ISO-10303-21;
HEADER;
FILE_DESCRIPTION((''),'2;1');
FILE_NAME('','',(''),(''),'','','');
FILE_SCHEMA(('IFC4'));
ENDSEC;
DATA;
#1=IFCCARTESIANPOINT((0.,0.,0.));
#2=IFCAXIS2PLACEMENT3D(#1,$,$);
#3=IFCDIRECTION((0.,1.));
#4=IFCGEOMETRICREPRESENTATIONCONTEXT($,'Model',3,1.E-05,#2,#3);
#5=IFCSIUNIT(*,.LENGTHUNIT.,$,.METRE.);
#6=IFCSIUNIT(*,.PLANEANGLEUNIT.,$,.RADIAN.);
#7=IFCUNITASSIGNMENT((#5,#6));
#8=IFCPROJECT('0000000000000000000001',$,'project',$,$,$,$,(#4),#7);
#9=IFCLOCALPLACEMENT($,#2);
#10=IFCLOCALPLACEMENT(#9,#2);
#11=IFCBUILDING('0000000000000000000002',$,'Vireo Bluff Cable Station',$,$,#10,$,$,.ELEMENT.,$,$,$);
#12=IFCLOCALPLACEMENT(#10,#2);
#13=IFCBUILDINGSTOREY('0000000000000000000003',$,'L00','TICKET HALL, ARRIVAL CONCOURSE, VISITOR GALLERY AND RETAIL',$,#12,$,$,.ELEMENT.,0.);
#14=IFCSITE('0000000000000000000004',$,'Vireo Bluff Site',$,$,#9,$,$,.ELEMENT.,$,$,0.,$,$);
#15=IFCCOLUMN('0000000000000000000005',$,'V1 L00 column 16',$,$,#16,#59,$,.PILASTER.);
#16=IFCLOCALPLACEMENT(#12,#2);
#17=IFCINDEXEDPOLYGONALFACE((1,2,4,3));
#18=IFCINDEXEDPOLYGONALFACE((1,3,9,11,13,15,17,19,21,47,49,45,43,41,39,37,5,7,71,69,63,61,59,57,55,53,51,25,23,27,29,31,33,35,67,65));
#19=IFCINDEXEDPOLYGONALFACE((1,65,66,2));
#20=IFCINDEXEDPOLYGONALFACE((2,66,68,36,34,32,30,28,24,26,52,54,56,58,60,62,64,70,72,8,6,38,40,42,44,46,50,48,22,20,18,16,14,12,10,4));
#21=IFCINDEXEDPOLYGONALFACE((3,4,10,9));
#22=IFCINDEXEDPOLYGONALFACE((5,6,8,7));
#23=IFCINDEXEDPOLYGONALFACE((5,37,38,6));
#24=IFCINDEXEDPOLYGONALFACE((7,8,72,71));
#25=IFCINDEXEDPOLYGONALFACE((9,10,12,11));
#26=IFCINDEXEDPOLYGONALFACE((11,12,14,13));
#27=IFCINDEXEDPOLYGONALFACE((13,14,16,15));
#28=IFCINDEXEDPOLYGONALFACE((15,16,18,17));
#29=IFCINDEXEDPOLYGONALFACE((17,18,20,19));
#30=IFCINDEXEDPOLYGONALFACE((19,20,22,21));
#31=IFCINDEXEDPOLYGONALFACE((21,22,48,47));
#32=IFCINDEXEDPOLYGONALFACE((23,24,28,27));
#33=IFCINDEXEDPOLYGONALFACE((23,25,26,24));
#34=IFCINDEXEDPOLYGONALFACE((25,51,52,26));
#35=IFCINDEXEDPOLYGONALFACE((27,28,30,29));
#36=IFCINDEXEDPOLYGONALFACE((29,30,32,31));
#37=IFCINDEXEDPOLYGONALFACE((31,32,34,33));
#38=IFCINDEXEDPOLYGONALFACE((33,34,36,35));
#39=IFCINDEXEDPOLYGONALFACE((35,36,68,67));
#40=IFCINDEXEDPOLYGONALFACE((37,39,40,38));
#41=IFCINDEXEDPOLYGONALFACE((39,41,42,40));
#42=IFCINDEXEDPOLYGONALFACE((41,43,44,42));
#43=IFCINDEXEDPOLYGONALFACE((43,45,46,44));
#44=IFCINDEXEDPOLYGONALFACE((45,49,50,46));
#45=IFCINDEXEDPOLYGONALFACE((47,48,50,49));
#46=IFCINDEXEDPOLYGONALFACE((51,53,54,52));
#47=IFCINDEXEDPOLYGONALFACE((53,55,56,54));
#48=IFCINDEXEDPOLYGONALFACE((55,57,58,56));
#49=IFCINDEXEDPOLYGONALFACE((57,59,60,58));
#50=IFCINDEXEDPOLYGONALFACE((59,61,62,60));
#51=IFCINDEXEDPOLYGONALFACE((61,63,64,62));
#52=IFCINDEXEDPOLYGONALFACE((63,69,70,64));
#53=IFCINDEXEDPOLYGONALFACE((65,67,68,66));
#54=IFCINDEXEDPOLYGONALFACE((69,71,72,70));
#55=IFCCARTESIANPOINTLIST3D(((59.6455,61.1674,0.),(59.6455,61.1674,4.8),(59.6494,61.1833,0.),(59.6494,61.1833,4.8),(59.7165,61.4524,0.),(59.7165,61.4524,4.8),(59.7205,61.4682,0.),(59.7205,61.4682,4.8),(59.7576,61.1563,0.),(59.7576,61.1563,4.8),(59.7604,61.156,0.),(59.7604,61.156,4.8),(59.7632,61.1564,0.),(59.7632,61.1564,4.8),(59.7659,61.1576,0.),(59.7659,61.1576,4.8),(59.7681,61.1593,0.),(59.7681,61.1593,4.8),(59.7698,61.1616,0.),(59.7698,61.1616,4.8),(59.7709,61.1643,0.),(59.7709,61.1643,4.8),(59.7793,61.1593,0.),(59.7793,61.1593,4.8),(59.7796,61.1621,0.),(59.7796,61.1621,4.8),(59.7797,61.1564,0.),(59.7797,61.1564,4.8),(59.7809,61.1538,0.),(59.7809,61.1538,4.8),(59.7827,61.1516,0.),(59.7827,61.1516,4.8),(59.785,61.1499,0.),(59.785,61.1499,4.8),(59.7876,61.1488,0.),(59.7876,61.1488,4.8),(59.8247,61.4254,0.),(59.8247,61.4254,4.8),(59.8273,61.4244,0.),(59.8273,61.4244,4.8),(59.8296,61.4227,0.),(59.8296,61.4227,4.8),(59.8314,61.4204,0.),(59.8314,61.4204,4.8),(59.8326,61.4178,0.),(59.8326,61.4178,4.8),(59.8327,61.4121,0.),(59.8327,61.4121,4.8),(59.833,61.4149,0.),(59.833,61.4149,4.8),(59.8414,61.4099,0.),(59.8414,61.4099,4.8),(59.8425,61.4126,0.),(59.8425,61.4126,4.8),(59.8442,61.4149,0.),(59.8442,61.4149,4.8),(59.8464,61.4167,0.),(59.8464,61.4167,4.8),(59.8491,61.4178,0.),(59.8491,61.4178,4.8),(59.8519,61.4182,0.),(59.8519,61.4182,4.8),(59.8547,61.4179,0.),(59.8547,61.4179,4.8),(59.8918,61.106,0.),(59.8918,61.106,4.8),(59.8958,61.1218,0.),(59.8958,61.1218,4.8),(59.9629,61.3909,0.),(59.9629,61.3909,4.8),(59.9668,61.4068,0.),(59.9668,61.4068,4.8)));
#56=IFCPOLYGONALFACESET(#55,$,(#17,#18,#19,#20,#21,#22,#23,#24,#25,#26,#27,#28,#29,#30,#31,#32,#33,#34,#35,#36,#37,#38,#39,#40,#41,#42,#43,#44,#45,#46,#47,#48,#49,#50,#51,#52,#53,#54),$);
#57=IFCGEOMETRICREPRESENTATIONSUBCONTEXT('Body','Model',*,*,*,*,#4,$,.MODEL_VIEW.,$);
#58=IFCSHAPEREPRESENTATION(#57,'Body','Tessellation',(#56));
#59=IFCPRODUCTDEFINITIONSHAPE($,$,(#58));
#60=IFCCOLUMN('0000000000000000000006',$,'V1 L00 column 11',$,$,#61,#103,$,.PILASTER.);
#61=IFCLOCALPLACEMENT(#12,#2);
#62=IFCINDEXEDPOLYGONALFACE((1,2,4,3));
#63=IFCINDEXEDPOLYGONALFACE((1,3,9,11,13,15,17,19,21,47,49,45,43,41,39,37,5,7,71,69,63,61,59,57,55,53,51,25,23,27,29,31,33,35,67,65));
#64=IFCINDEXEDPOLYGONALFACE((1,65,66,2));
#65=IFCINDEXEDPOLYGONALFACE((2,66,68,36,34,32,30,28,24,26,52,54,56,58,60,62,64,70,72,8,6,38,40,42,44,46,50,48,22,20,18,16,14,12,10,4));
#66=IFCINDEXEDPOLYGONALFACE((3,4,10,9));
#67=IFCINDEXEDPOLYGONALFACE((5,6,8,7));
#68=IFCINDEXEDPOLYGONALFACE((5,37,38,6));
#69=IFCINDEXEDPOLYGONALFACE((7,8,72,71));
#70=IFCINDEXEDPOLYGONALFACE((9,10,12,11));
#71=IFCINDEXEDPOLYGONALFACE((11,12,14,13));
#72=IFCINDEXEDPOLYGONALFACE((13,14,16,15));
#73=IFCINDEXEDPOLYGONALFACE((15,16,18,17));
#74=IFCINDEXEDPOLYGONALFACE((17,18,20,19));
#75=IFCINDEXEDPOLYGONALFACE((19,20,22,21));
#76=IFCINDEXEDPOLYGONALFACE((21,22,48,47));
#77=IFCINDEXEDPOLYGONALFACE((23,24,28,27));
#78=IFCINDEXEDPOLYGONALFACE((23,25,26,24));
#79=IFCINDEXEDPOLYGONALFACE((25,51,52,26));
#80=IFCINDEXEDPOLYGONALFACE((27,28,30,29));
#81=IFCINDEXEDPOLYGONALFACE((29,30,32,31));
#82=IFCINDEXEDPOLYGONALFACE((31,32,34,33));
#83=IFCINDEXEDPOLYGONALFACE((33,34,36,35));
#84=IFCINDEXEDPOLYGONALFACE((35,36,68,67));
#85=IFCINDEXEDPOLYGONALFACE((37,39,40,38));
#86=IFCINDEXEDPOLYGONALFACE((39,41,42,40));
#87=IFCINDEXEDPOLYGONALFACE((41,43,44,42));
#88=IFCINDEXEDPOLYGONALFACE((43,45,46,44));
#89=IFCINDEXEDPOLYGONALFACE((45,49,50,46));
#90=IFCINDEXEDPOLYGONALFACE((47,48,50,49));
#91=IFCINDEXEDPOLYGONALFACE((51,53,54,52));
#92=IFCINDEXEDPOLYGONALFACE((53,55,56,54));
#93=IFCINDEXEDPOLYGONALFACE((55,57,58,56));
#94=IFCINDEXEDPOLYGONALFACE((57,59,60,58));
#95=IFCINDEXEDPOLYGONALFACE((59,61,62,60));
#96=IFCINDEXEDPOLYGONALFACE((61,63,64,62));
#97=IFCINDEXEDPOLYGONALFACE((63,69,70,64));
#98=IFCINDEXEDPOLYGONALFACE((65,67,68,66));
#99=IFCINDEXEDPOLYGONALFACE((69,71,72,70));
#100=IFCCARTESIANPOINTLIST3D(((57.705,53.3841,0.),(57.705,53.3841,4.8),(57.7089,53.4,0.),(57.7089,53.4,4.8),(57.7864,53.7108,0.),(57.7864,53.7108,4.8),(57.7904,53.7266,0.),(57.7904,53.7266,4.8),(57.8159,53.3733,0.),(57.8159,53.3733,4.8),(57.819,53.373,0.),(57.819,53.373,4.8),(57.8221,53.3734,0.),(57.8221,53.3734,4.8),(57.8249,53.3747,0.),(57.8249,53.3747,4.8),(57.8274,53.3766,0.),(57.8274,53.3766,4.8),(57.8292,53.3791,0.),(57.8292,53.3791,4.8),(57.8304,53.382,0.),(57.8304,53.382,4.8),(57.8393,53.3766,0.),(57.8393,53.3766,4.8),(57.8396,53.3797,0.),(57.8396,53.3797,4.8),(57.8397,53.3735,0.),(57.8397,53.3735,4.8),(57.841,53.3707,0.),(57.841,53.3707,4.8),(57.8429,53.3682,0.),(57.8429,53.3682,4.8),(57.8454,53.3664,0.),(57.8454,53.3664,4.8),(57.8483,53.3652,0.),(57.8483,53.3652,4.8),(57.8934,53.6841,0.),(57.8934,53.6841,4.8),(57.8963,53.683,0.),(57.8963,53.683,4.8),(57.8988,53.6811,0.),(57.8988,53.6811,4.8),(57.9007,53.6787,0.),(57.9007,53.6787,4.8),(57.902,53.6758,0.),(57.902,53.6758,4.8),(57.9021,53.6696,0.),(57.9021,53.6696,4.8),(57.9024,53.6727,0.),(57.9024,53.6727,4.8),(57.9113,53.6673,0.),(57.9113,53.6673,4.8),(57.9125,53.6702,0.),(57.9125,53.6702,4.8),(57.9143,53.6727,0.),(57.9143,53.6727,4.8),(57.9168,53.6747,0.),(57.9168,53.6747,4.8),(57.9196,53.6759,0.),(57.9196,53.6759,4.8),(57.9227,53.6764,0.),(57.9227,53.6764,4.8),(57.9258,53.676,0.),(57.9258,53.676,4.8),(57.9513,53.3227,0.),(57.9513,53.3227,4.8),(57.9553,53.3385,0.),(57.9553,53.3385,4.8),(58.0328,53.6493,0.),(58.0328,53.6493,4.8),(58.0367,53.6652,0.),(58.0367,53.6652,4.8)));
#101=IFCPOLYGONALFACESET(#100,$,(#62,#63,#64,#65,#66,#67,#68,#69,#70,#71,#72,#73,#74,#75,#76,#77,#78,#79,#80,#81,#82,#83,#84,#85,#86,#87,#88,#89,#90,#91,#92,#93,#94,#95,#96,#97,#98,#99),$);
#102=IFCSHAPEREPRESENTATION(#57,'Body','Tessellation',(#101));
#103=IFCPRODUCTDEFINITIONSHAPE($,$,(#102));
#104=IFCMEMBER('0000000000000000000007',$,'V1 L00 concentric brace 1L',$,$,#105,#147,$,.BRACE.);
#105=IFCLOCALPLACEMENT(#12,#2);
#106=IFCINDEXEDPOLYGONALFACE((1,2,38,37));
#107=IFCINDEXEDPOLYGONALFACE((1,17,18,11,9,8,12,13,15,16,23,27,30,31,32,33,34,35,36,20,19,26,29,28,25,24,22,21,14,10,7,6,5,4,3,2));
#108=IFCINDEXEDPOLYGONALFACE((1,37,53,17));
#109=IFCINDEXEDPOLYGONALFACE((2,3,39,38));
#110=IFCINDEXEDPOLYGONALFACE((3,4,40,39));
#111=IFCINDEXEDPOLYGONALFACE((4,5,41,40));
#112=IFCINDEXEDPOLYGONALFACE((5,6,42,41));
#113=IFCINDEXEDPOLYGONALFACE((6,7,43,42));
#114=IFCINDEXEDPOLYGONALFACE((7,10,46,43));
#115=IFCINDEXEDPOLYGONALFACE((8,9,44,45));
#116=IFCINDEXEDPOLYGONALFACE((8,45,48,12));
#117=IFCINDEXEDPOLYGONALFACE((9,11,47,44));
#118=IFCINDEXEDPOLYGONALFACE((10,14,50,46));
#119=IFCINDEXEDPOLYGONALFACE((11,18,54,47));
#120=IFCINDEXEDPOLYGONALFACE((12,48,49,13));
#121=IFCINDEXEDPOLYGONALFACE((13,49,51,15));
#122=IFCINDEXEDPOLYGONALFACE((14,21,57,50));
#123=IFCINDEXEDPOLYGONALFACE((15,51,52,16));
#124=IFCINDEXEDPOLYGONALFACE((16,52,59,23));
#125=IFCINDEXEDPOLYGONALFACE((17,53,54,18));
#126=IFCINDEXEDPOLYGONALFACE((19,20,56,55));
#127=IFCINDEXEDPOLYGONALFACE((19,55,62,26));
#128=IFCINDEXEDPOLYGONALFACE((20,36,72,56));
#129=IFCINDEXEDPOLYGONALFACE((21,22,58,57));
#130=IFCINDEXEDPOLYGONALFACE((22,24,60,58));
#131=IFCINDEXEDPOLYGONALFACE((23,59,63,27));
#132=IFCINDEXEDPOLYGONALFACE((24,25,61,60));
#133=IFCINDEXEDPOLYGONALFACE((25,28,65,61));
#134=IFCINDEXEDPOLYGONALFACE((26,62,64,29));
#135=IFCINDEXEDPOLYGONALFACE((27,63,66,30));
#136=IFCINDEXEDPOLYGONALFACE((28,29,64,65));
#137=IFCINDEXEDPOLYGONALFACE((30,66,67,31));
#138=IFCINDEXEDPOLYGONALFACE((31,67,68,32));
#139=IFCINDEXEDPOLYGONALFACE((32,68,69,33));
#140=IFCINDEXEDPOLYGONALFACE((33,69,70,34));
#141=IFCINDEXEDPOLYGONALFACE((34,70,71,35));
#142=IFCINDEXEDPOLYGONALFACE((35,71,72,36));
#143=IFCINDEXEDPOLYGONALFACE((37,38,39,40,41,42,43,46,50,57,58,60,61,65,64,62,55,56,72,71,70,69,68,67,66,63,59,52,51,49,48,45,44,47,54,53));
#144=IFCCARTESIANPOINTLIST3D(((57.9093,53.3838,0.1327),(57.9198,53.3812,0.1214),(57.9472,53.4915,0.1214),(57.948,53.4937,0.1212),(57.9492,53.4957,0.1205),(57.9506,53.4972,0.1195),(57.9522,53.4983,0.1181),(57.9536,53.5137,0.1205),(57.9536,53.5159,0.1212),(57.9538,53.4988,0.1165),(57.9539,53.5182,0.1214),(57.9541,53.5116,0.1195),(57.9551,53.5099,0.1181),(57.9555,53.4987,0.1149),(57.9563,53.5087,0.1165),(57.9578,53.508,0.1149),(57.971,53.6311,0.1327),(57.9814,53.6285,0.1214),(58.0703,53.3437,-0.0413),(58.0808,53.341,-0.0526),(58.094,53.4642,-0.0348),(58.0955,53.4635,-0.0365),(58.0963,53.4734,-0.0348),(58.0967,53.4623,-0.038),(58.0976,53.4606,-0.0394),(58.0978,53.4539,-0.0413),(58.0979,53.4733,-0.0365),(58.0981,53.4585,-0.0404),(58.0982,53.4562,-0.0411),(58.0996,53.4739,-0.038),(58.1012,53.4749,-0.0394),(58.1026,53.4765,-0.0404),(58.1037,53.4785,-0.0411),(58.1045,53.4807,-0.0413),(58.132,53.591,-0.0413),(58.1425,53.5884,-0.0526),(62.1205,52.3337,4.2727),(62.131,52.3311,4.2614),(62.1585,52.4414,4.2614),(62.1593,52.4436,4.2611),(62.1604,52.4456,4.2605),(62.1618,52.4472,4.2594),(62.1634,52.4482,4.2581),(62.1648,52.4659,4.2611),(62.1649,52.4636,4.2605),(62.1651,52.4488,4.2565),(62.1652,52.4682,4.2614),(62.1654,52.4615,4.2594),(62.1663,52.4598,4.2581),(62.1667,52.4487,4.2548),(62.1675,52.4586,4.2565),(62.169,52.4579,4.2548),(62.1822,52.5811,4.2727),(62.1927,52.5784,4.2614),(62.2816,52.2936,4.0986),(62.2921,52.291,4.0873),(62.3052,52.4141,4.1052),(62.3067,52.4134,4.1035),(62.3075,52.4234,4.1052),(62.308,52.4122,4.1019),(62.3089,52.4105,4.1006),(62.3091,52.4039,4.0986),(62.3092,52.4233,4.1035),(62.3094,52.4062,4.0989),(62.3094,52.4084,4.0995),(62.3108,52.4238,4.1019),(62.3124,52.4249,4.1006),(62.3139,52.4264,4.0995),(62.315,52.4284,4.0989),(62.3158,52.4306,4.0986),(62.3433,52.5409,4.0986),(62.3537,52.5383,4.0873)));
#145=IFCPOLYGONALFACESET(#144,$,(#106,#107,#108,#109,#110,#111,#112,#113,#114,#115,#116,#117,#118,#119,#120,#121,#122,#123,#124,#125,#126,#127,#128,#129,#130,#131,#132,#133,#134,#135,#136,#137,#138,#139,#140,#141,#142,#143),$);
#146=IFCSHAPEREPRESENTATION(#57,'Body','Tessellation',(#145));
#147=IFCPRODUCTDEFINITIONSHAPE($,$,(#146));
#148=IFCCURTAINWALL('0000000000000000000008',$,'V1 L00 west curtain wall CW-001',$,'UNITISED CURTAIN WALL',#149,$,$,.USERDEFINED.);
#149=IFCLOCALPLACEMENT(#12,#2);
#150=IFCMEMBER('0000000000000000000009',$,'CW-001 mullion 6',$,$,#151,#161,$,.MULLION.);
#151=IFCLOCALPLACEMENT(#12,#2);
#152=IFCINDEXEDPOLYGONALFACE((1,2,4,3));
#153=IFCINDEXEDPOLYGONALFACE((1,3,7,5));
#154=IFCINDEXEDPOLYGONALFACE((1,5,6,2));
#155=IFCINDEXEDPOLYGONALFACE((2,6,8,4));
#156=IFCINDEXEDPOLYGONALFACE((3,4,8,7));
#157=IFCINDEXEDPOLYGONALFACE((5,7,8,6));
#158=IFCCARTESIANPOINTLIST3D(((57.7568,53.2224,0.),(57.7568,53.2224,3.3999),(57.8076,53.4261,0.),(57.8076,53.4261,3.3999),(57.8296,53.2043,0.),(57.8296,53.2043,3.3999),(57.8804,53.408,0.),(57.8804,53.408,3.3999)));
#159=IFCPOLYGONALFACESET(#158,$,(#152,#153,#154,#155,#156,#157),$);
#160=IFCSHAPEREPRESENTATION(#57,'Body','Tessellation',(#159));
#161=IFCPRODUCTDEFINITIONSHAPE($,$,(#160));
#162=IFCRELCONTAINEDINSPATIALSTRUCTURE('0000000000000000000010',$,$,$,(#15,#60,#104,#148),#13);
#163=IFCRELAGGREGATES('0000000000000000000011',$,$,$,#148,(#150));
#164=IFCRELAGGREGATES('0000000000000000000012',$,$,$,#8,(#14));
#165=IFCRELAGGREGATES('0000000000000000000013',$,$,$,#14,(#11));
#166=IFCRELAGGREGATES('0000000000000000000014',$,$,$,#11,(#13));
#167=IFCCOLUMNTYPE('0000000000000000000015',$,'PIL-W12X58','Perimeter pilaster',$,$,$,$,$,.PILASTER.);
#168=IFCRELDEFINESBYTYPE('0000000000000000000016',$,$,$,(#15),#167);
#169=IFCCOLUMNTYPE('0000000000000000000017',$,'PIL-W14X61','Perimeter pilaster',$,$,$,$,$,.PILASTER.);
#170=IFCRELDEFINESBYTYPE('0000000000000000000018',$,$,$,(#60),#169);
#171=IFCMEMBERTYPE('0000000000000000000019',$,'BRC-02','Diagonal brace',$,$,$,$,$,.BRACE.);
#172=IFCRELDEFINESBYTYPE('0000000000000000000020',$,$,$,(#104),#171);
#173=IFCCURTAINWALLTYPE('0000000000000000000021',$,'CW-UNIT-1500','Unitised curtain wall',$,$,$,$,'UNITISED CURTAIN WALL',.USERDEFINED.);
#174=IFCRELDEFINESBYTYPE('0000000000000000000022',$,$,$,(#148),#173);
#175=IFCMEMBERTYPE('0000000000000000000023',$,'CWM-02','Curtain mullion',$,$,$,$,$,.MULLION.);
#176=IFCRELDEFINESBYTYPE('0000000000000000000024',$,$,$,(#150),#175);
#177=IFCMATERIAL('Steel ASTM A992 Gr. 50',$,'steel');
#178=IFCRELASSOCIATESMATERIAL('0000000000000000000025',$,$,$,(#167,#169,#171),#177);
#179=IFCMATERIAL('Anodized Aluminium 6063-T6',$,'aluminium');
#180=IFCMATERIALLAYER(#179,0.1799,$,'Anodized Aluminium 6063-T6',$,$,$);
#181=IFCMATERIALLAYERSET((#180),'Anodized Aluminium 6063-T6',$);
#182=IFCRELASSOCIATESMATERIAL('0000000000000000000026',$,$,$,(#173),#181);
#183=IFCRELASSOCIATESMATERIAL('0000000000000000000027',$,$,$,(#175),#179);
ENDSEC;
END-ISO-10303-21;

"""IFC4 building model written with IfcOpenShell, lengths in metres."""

from ifc_helpers import new_model, si_unit, direction, frame, origin, origin_2d, place, context, subcontext, project, spatial, rectangle, i_section, extrude, material, layer, layer_set, material_profile, profile_set, type_object, element, aggregate, save


model = new_model("IFC4")

# Units and contexts
model_context = context("Model", 3, precision=1e-05, world=origin(), true_north=direction((0.0, 1.0)))
body_context = subcontext(model_context, "Body", "Model", "MODEL_VIEW")
ifc_project = project(units=[si_unit("LENGTHUNIT", "METRE"), si_unit("PLANEANGLEUNIT", "RADIAN")], contexts=[model_context])

# Site, building, storey
site_placement = place(None, origin())
site = spatial("IfcSite", under=ifc_project, at=site_placement, Name="Vireo Bluff Site", CompositionType="ELEMENT", RefElevation=0.0)
building_placement = place(site_placement, origin())
building = spatial("IfcBuilding", under=site, at=building_placement, Name="Vireo Bluff Cable Station", CompositionType="ELEMENT")
storey_placement = place(building_placement, origin())
storey = spatial("IfcBuildingStorey", under=building, at=storey_placement, Name="L00", Description="TICKET HALL, ARRIVAL CONCOURSE, VISITOR GALLERY AND RETAIL", CompositionType="ELEMENT", Elevation=0.0)

# Columns
ifc_material_1 = material(Name="Steel ASTM A992 Gr. 50", Category="steel")
ifc_material_profile_1 = material_profile(ifc_material_1, i_section(OverallWidth=0.2539, OverallDepth=0.3101, WebThickness=0.009, FlangeThickness=0.0164, FilletRadius=0.011, at=origin_2d()), Name="W12X58")
ifc_profile_set_1 = profile_set([ifc_material_profile_1], Name="Steel ASTM A992 Gr. 50")
column_type_1 = type_object("IfcColumnType", Name="PIL-W12X58", Description="Perimeter pilaster", PredefinedType="PILASTER", material=ifc_profile_set_1)
column_1_placement = place(storey_placement, frame((59.8062, 61.2871, 0.0), z_axis=(0.0, 0.0, 1.0), x_axis=(0.970296, -0.241922, 0.0)))
element("IfcColumn", 1, at=column_1_placement, inside=storey, type_object=column_type_1, Name="V1 L00 column 16", PredefinedType="PILASTER", context=body_context, shape_type="SweptSolid", body=[
    extrude(i_section(OverallWidth=0.2539, OverallDepth=0.3101, WebThickness=0.009, FlangeThickness=0.0164, FilletRadius=0.011, at=origin_2d()), origin(), (0.0, 0.0, 1.0), 4.8),
])
ifc_material_profile_2 = material_profile(ifc_material_1, i_section(OverallWidth=0.2539, OverallDepth=0.353, WebThickness=0.0095, FlangeThickness=0.0164, FilletRadius=0.012, at=origin_2d()), Name="W14X61")
ifc_profile_set_2 = profile_set([ifc_material_profile_2], Name="Steel ASTM A992 Gr. 50")
column_type_2 = type_object("IfcColumnType", Name="PIL-W14X61", Description="Perimeter pilaster", PredefinedType="PILASTER", material=ifc_profile_set_2)
column_2_placement = place(storey_placement, frame((57.8708, 53.5247, 0.0), z_axis=(0.0, 0.0, 1.0), x_axis=(0.970296, -0.241922, 0.0)))
element("IfcColumn", 2, at=column_2_placement, inside=storey, type_object=column_type_2, Name="V1 L00 column 11", PredefinedType="PILASTER", context=body_context, shape_type="SweptSolid", body=[
    extrude(i_section(OverallWidth=0.2539, OverallDepth=0.353, WebThickness=0.0095, FlangeThickness=0.0164, FilletRadius=0.012, at=origin_2d()), origin(), (0.0, 0.0, 1.0), 4.8),
])

# Member
ifc_material_profile_3 = material_profile(ifc_material_1, i_section(OverallWidth=0.2549, OverallDepth=0.2561, WebThickness=0.0095, FlangeThickness=0.0156, FilletRadius=0.009, at=origin_2d()), Name="W10X54")
ifc_profile_set_3 = profile_set([ifc_material_profile_3], Name="Steel ASTM A992 Gr. 50")
member_type_1 = type_object("IfcMemberType", Name="BRC-02", Description="Diagonal brace", PredefinedType="BRACE", material=ifc_profile_set_3)
member_1_placement = place(storey_placement, frame((58.0259, 53.4861, 0.04), z_axis=(0.702104, -0.175068, 0.690218), x_axis=(0.24194, 0.970291, 0.0)))
element("IfcMember", 3, at=member_1_placement, inside=storey, type_object=member_type_1, Name="V1 L00 concentric brace 1L", PredefinedType="BRACE", context=body_context, shape_type="SweptSolid", body=[
    extrude(i_section(OverallWidth=0.2549, OverallDepth=0.2561, WebThickness=0.0095, FlangeThickness=0.0156, FilletRadius=0.009, at=origin_2d()), origin(), (0.0, 0.0, 1.0), 5.998),
])

# Curtain wall, member
ifc_material_2 = material(Name="Anodized Aluminium 6063-T6", Category="aluminium")
ifc_layer_1 = layer(ifc_material_2, 0.1799, Name="Anodized Aluminium 6063-T6")
ifc_layer_set_1 = layer_set([ifc_layer_1], Name="Anodized Aluminium 6063-T6")
curtain_wall_type = type_object("IfcCurtainWallType", Name="CW-UNIT-1500", Description="Unitised curtain wall", ElementType="UNITISED CURTAIN WALL", PredefinedType="USERDEFINED", material=ifc_layer_set_1)
curtain_wall_placement = place(storey_placement, origin())
curtain_wall = element("IfcCurtainWall", 4, at=curtain_wall_placement, inside=storey, type_object=curtain_wall_type, Name="V1 L00 west curtain wall CW-001", ObjectType="UNITISED CURTAIN WALL", PredefinedType="USERDEFINED")
ifc_material_profile_4 = material_profile(ifc_material_2, rectangle(XDim=0.075, YDim=0.21, at=origin_2d()), Name="ALU-M-75X210")
ifc_profile_set_4 = profile_set([ifc_material_profile_4], Name="Anodized Aluminium 6063-T6")
member_type_2 = type_object("IfcMemberType", Name="CWM-02", Description="Curtain mullion", PredefinedType="MULLION", material=ifc_profile_set_4)
member_2_placement = place(storey_placement, frame((57.8186, 53.3152, 0.0), z_axis=(0.0, 0.0, 1.0), x_axis=(-0.970296, 0.241922, 0.0)))
member_2 = element("IfcMember", 5, at=member_2_placement, type_object=member_type_2, Name="CW-001 mullion 6", PredefinedType="MULLION", context=body_context, shape_type="SweptSolid", body=[
    extrude(rectangle(XDim=0.075, YDim=0.21, at=origin_2d()), origin(), (0.0, 0.0, 1.0), 3.3999),
])
aggregate(curtain_wall, [member_2])

save(model, "model.ifc")
